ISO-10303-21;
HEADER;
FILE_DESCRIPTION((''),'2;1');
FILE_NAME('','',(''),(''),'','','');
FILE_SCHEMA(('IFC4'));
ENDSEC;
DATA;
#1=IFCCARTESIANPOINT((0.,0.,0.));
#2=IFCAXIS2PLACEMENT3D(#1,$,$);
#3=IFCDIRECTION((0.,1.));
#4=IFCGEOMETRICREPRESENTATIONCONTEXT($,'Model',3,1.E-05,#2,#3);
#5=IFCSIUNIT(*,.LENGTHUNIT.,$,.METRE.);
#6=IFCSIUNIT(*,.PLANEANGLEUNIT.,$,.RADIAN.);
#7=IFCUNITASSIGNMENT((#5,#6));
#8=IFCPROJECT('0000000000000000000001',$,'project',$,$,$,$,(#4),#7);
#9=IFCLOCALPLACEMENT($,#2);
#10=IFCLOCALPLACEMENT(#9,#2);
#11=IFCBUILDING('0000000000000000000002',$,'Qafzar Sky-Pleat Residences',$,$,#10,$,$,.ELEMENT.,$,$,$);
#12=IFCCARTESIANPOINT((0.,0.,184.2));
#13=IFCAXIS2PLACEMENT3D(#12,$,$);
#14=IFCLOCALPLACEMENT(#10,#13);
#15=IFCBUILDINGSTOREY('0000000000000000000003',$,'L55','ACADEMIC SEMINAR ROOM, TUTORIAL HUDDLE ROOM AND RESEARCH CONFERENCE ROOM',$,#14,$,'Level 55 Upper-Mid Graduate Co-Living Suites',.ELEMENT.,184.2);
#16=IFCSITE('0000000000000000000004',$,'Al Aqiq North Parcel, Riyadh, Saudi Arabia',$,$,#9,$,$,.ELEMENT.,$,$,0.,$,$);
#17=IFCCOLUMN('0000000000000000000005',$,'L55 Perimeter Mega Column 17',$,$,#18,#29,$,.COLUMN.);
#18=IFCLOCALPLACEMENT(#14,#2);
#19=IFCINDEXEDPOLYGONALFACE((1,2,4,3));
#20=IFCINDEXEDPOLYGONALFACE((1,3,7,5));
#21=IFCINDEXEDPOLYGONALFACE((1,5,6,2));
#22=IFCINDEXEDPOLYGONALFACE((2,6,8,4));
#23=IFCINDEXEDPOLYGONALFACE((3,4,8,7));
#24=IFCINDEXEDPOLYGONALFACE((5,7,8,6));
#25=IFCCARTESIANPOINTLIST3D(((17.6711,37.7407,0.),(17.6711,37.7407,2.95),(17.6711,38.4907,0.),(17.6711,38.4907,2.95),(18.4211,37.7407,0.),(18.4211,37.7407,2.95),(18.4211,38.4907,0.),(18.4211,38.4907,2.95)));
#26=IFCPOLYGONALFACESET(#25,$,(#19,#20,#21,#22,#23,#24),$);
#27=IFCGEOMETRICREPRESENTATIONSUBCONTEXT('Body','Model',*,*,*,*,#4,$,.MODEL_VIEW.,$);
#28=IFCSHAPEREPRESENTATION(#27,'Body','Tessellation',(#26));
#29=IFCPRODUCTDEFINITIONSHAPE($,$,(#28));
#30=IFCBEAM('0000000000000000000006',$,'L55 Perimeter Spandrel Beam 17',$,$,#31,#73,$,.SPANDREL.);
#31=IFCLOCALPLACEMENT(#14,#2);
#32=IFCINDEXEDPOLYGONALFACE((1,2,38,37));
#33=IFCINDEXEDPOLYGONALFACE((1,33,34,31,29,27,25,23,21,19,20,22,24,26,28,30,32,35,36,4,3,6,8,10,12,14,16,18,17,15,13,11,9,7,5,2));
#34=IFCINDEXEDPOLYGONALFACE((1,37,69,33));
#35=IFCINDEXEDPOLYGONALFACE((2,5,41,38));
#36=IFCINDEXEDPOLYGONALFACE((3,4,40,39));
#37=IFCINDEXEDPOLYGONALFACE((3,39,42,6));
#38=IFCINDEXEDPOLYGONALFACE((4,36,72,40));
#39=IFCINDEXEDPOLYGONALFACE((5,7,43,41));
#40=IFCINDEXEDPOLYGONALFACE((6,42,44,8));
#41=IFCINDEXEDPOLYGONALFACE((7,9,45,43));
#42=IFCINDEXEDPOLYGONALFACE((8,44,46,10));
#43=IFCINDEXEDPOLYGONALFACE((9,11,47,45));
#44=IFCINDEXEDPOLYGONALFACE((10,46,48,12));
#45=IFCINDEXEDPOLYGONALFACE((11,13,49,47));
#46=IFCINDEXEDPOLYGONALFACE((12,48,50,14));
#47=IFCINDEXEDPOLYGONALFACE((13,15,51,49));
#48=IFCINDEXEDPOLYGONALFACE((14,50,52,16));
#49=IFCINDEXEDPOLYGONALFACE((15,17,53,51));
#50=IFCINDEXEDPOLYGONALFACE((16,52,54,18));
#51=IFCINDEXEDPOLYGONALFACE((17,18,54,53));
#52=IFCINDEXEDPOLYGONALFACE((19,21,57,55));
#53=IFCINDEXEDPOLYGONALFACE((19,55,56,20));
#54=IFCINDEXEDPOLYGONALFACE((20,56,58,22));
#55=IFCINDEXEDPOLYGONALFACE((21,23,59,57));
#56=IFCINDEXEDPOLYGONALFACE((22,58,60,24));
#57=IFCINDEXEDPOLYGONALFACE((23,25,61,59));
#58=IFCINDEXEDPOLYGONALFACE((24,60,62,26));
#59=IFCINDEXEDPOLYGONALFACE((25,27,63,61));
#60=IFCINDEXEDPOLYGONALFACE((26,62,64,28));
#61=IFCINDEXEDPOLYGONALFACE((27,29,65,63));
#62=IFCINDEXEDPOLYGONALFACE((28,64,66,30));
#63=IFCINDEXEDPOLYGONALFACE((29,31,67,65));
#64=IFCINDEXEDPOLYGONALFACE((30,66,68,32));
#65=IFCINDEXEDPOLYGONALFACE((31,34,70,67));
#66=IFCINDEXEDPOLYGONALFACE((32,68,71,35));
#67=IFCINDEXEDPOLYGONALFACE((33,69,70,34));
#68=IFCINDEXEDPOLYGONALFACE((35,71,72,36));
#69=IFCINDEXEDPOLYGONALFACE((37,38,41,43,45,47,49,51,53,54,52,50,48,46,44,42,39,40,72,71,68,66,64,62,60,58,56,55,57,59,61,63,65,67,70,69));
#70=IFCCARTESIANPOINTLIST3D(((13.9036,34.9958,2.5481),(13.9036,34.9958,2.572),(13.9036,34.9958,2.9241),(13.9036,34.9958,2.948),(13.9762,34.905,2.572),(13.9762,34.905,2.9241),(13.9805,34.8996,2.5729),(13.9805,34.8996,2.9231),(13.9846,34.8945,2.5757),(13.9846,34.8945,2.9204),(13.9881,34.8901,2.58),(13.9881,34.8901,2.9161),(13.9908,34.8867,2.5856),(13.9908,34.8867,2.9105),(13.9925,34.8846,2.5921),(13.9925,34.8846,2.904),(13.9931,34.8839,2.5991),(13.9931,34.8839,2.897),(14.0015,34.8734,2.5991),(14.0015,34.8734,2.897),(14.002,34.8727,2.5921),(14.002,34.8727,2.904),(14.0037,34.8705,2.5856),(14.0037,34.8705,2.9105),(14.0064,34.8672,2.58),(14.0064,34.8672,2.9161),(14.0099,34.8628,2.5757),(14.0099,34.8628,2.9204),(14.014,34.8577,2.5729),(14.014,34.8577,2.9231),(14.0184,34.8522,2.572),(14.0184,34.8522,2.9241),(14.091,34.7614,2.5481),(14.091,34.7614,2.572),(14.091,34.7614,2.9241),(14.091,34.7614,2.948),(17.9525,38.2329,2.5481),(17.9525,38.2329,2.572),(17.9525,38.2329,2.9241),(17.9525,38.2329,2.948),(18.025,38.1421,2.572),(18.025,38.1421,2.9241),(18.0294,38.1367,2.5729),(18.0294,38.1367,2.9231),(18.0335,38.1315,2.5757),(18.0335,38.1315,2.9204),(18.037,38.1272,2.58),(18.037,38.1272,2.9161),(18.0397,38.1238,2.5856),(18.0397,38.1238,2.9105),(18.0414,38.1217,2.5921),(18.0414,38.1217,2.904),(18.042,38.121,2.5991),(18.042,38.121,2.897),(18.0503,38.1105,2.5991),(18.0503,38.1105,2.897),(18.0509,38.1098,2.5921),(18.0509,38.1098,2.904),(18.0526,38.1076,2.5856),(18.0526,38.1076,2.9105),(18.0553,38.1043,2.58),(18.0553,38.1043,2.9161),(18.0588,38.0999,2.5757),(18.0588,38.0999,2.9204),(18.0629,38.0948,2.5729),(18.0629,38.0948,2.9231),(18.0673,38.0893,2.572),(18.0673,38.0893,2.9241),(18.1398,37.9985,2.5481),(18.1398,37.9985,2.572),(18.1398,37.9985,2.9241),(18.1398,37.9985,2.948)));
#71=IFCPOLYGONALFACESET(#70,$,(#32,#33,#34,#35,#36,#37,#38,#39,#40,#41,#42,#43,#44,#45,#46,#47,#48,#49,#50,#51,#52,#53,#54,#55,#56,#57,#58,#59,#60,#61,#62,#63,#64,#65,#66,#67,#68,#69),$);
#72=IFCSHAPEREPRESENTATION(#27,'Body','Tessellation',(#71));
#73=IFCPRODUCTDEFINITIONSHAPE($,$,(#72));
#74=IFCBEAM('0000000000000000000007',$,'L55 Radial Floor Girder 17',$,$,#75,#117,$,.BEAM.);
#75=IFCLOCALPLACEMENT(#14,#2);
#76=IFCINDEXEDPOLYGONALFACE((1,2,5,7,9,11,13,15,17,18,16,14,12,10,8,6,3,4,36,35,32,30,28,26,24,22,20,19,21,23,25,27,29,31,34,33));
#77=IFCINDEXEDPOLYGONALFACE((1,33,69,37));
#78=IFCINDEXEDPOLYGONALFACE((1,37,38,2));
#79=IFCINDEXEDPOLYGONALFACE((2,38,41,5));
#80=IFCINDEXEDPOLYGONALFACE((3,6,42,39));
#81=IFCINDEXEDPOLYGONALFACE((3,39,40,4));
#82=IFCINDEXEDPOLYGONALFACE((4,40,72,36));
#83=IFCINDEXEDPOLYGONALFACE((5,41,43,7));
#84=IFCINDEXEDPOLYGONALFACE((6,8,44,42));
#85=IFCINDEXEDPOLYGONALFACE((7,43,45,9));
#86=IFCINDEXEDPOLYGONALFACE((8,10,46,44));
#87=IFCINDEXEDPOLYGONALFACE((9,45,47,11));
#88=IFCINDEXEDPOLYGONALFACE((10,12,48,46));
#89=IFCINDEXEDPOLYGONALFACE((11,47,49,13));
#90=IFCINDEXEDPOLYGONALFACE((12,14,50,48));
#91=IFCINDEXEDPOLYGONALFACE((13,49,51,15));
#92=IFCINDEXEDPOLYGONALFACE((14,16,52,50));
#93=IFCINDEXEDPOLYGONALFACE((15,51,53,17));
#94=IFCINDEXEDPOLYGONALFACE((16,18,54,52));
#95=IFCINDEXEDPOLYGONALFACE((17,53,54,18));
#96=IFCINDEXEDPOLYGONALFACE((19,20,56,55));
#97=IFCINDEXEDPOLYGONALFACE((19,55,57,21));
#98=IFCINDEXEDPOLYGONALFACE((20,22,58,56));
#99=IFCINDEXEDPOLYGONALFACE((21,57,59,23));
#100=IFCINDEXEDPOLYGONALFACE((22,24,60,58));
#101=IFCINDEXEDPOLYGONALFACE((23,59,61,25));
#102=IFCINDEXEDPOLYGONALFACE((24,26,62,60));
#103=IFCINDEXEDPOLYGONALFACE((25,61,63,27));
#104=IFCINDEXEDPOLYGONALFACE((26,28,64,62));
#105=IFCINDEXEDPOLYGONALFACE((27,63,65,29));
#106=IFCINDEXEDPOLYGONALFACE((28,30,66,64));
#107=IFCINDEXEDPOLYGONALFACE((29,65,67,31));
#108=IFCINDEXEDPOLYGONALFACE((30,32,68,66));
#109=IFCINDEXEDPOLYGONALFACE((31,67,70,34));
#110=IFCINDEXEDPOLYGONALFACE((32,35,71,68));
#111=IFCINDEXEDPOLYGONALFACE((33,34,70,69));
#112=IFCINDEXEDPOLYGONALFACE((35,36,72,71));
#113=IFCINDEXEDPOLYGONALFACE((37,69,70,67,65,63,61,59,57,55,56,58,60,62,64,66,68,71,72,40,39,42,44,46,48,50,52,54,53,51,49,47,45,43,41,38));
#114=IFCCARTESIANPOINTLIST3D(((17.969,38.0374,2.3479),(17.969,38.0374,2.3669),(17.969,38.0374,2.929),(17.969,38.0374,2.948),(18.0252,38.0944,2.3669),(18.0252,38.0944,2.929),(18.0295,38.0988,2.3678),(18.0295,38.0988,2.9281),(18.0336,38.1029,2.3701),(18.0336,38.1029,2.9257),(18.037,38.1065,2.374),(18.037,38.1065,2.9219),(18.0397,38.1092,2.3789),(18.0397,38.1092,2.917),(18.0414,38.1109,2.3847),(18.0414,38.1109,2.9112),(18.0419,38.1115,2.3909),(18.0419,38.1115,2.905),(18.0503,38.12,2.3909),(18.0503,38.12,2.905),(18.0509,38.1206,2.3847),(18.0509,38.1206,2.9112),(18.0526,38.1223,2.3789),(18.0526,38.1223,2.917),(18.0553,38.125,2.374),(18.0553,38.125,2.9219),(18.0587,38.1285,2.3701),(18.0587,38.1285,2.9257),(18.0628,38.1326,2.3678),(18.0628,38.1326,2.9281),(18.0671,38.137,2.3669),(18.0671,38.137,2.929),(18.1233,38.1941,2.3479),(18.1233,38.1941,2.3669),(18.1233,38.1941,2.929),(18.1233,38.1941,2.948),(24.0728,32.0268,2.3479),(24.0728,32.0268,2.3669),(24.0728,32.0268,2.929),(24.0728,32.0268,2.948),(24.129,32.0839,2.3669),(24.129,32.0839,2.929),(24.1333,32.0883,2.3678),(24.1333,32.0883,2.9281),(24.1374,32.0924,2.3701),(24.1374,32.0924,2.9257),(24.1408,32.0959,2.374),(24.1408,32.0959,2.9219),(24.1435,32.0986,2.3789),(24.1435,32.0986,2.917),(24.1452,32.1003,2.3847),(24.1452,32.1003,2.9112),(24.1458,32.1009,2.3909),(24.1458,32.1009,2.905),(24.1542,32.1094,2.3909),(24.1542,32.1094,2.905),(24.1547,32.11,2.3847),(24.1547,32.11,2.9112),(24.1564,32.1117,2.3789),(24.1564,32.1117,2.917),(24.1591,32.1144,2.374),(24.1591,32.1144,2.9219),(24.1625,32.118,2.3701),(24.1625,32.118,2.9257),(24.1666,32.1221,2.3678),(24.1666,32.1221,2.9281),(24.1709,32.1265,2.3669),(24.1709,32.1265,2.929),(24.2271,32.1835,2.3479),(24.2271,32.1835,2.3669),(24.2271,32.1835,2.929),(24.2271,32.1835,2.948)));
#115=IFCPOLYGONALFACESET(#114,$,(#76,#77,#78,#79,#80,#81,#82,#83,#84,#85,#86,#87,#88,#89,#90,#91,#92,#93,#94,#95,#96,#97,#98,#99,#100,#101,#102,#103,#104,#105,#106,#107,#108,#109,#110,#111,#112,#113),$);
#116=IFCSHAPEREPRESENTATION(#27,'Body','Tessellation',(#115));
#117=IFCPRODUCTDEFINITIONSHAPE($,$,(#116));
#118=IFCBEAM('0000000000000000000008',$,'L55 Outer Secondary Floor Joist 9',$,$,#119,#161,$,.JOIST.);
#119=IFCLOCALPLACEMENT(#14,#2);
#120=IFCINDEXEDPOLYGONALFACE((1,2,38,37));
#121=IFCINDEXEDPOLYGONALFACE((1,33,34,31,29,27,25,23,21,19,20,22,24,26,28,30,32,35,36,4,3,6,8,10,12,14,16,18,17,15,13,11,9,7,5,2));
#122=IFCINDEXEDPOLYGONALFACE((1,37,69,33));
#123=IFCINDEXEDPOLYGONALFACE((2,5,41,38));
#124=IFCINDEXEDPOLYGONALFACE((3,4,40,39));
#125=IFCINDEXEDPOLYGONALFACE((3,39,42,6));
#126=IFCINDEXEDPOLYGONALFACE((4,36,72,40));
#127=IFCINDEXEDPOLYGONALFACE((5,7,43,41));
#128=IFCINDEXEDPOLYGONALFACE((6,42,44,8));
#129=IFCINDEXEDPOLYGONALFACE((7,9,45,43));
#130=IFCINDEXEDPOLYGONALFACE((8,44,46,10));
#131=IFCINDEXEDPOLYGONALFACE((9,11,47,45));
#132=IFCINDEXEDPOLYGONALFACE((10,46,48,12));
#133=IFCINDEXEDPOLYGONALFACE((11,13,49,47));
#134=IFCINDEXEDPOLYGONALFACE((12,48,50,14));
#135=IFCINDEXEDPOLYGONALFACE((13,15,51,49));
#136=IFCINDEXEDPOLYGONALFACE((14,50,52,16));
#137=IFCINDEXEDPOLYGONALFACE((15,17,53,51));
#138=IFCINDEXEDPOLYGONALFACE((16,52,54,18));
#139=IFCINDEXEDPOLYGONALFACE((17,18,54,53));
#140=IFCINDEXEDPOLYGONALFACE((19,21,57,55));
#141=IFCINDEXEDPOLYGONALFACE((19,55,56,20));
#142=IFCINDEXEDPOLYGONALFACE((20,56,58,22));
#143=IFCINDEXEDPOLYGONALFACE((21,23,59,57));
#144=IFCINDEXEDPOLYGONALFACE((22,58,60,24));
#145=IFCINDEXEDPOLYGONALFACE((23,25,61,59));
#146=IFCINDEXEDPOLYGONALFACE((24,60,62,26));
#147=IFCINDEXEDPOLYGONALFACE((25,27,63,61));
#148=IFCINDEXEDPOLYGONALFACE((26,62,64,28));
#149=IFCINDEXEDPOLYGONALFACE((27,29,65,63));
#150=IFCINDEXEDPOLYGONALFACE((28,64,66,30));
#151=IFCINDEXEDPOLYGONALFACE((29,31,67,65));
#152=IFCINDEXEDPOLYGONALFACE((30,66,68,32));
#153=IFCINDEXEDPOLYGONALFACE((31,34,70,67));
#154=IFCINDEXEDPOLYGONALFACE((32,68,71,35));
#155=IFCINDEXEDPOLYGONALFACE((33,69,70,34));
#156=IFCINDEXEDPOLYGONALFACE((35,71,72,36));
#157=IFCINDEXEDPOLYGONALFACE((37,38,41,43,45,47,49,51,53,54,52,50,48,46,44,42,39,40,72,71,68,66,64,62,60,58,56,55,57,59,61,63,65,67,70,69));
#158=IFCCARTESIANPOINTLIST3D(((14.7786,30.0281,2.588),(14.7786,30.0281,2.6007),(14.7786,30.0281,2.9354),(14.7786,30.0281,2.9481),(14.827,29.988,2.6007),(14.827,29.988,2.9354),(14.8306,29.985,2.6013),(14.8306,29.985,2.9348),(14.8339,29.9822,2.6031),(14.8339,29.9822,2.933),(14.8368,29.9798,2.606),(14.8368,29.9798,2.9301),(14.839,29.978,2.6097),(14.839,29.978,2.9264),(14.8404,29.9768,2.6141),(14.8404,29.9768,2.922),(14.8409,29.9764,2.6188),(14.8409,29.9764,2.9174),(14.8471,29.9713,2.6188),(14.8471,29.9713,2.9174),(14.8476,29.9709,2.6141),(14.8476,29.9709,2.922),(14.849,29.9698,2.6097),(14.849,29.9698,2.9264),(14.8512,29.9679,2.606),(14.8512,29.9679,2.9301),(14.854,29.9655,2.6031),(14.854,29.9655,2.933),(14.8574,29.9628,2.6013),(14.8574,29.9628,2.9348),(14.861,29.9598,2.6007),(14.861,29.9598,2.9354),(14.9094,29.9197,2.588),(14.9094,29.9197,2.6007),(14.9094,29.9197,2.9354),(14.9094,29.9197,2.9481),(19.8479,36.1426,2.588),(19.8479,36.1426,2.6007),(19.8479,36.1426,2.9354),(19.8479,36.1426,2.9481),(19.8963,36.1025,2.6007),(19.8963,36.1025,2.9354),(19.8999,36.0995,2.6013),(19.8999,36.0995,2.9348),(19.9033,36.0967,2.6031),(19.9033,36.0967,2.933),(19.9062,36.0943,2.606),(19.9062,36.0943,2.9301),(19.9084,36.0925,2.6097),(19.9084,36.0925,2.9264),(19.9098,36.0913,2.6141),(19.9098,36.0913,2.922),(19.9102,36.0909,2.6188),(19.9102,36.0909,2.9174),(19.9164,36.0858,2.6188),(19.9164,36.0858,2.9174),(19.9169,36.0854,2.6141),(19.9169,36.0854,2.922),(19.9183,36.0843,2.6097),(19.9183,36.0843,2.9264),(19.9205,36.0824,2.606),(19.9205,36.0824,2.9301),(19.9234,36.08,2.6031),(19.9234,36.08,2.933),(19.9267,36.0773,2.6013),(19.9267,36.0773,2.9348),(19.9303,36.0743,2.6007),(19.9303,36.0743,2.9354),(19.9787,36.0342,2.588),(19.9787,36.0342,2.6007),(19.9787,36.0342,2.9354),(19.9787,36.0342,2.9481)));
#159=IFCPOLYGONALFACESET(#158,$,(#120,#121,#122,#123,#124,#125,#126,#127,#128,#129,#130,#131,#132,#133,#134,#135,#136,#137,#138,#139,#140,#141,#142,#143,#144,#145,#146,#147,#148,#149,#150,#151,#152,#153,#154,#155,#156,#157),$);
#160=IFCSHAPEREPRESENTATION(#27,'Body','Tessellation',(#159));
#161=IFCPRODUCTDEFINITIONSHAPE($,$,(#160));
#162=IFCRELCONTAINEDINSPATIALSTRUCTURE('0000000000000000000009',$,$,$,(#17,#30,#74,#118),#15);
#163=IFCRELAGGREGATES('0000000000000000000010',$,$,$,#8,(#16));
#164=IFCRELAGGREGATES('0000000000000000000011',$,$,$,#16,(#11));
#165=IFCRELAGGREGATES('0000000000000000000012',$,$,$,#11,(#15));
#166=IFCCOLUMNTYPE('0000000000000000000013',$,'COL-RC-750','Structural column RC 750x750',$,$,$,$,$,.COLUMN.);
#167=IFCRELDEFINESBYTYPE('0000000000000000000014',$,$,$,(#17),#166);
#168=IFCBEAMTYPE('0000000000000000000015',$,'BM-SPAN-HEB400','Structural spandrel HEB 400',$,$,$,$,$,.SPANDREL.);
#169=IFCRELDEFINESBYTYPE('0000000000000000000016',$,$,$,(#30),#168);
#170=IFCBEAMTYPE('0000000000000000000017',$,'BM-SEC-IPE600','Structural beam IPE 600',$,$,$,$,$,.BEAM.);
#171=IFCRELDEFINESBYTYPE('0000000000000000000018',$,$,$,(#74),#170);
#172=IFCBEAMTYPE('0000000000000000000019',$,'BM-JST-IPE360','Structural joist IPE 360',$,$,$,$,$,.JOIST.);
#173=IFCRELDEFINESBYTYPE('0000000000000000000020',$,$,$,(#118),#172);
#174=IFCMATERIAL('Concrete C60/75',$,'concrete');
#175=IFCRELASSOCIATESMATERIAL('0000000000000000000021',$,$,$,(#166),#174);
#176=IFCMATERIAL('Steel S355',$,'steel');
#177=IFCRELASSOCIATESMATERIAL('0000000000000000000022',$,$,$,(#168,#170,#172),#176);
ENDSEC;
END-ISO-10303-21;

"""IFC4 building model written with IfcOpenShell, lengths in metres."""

from ifc_helpers import new_model, si_unit, direction, frame, origin, origin_2d, place, context, subcontext, project, spatial, rectangle, i_section, extrude, source, transform, mapped, material, material_profile, profile_set, type_object, element, save


model = new_model("IFC4")

# Units and contexts
model_context = context("Model", 3, precision=1e-05, world=origin(), true_north=direction((0.0, 1.0)))
body_context = subcontext(model_context, "Body", "Model", "MODEL_VIEW")
ifc_project = project(units=[si_unit("LENGTHUNIT", "METRE"), si_unit("PLANEANGLEUNIT", "RADIAN")], contexts=[model_context])

# Site, building, storey
site_placement = place(None, origin())
site = spatial("IfcSite", under=ifc_project, at=site_placement, Name="Al Aqiq North Parcel, Riyadh, Saudi Arabia", CompositionType="ELEMENT", RefElevation=0.0)
building_placement = place(site_placement, origin())
building = spatial("IfcBuilding", under=site, at=building_placement, Name="Qafzar Sky-Pleat Residences", CompositionType="ELEMENT")
storey_placement = place(building_placement, frame((0.0, 0.0, 184.2)))
storey = spatial("IfcBuildingStorey", under=building, at=storey_placement, Name="L55", Description="ACADEMIC SEMINAR ROOM, TUTORIAL HUDDLE ROOM AND RESEARCH CONFERENCE ROOM", LongName="Level 55 Upper-Mid Graduate Co-Living Suites", CompositionType="ELEMENT", Elevation=184.2)

# Column
ifc_material_1 = material(Name="Concrete C60/75", Category="concrete")
ifc_material_profile_1 = material_profile(ifc_material_1, rectangle(XDim=0.75, YDim=0.75, at=origin_2d()), Name="RC 750x750")
ifc_profile_set_1 = profile_set([ifc_material_profile_1], Name="Concrete C60/75")
column_type = type_object("IfcColumnType", Name="COL-RC-750", Description="Structural column RC 750x750", PredefinedType="COLUMN", material=ifc_profile_set_1)
shared_shape_1 = source(origin(), body_context, "Body", "SweptSolid", [
    extrude(rectangle(XDim=0.75, YDim=0.75, at=origin_2d()), origin(), (0.0, 0.0, 1.0), 2.95),
])
column_placement = place(storey_placement, frame((18.0461, 38.1157, 0.0), z_axis=(0.0, 0.0, 1.0), x_axis=(1.0, 0.0, 0.0)))
element("IfcColumn", 1, at=column_placement, inside=storey, type_object=column_type, Name="L55 Perimeter Mega Column 17", PredefinedType="COLUMN", context=body_context, shape_type="MappedRepresentation", body=[
    mapped(shared_shape_1, transform((0.0, 0.0, 0.0), x_axis=(1.0, 0.0, 0.0), y_axis=(0.0, 1.0, 0.0), z_axis=(0.0, 0.0, 1.0), scale=1.0)),
])

# Beams
ifc_material_2 = material(Name="Steel S355", Category="steel")
ifc_material_profile_2 = material_profile(ifc_material_2, i_section(OverallWidth=0.3, OverallDepth=0.3999, WebThickness=0.0134, FlangeThickness=0.0239, FilletRadius=0.0271, at=origin_2d()), Name="HEB 400")
ifc_profile_set_2 = profile_set([ifc_material_profile_2], Name="Steel S355")
beam_type_1 = type_object("IfcBeamType", Name="BM-SPAN-HEB400", Description="Structural spandrel HEB 400", PredefinedType="SPANDREL", material=ifc_profile_set_2)
shared_shape_2 = source(origin(), body_context, "Body", "SweptSolid", [
    extrude(i_section(OverallWidth=0.3, OverallDepth=0.3999, WebThickness=0.0134, FlangeThickness=0.0239, FilletRadius=0.0271, at=origin_2d()), origin(), (0.0, 0.0, 1.0), 5.1838),
])
beam_1_placement = place(storey_placement, frame((18.0461, 38.1157, 2.748), z_axis=(-0.781057, -0.62446, 0.0), x_axis=(0.62446, -0.781057, 0.0)))
element("IfcBeam", 2, at=beam_1_placement, inside=storey, type_object=beam_type_1, Name="L55 Perimeter Spandrel Beam 17", PredefinedType="SPANDREL", context=body_context, shape_type="MappedRepresentation", body=[
    mapped(shared_shape_2, transform((0.0, 0.0, 0.0), x_axis=(1.0, 0.0, 0.0), y_axis=(0.0, 1.0, 0.0), z_axis=(0.0, 0.0, 1.0), scale=1.0)),
])
ifc_material_profile_3 = material_profile(ifc_material_2, i_section(OverallWidth=0.22, OverallDepth=0.6001, WebThickness=0.012, FlangeThickness=0.019, FilletRadius=0.0239, at=origin_2d()), Name="IPE 600")
ifc_profile_set_3 = profile_set([ifc_material_profile_3], Name="Steel S355")
beam_type_2 = type_object("IfcBeamType", Name="BM-SEC-IPE600", Description="Structural beam IPE 600", PredefinedType="BEAM", material=ifc_profile_set_3)
shared_shape_3 = source(origin(), body_context, "Body", "SweptSolid", [
    extrude(i_section(OverallWidth=0.22, OverallDepth=0.6001, WebThickness=0.012, FlangeThickness=0.019, FilletRadius=0.0239, at=origin_2d()), origin(), (0.0, 0.0, 1.0), 8.5664),
])
beam_2_placement = place(storey_placement, frame((18.0461, 38.1157, 2.6479), z_axis=(0.712529, -0.701642, 0.0), x_axis=(0.701642, 0.712529, 0.0)))
element("IfcBeam", 3, at=beam_2_placement, inside=storey, type_object=beam_type_2, Name="L55 Radial Floor Girder 17", PredefinedType="BEAM", context=body_context, shape_type="MappedRepresentation", body=[
    mapped(shared_shape_3, transform((0.0, 0.0, 0.0), x_axis=(1.0, 0.0, 0.0), y_axis=(0.0, 1.0, 0.0), z_axis=(0.0, 0.0, 1.0), scale=1.0)),
])
ifc_material_profile_4 = material_profile(ifc_material_2, i_section(OverallWidth=0.1699, OverallDepth=0.3601, WebThickness=0.0081, FlangeThickness=0.0127, FilletRadius=0.0181, at=origin_2d()), Name="IPE 360")
ifc_profile_set_4 = profile_set([ifc_material_profile_4], Name="Steel S355")
beam_type_3 = type_object("IfcBeamType", Name="BM-JST-IPE360", Description="Structural joist IPE 360", PredefinedType="JOIST", material=ifc_profile_set_4)
shared_shape_4 = source(origin(), body_context, "Body", "SweptSolid", [
    extrude(i_section(OverallWidth=0.1699, OverallDepth=0.3601, WebThickness=0.0081, FlangeThickness=0.0127, FilletRadius=0.0181, at=origin_2d()), origin(), (0.0, 0.0, 1.0), 7.9426),
])
beam_3_placement = place(storey_placement, frame((19.9133, 36.0884, 2.7681), z_axis=(-0.638244, -0.769834, 0.0), x_axis=(0.769834, -0.638244, 0.0)))
element("IfcBeam", 4, at=beam_3_placement, inside=storey, type_object=beam_type_3, Name="L55 Outer Secondary Floor Joist 9", PredefinedType="JOIST", context=body_context, shape_type="MappedRepresentation", body=[
    mapped(shared_shape_4, transform((0.0, 0.0, 0.0), x_axis=(1.0, 0.0, 0.0), y_axis=(0.0, 1.0, 0.0), z_axis=(0.0, 0.0, 1.0), scale=1.0)),
])

save(model, "model.ifc")
